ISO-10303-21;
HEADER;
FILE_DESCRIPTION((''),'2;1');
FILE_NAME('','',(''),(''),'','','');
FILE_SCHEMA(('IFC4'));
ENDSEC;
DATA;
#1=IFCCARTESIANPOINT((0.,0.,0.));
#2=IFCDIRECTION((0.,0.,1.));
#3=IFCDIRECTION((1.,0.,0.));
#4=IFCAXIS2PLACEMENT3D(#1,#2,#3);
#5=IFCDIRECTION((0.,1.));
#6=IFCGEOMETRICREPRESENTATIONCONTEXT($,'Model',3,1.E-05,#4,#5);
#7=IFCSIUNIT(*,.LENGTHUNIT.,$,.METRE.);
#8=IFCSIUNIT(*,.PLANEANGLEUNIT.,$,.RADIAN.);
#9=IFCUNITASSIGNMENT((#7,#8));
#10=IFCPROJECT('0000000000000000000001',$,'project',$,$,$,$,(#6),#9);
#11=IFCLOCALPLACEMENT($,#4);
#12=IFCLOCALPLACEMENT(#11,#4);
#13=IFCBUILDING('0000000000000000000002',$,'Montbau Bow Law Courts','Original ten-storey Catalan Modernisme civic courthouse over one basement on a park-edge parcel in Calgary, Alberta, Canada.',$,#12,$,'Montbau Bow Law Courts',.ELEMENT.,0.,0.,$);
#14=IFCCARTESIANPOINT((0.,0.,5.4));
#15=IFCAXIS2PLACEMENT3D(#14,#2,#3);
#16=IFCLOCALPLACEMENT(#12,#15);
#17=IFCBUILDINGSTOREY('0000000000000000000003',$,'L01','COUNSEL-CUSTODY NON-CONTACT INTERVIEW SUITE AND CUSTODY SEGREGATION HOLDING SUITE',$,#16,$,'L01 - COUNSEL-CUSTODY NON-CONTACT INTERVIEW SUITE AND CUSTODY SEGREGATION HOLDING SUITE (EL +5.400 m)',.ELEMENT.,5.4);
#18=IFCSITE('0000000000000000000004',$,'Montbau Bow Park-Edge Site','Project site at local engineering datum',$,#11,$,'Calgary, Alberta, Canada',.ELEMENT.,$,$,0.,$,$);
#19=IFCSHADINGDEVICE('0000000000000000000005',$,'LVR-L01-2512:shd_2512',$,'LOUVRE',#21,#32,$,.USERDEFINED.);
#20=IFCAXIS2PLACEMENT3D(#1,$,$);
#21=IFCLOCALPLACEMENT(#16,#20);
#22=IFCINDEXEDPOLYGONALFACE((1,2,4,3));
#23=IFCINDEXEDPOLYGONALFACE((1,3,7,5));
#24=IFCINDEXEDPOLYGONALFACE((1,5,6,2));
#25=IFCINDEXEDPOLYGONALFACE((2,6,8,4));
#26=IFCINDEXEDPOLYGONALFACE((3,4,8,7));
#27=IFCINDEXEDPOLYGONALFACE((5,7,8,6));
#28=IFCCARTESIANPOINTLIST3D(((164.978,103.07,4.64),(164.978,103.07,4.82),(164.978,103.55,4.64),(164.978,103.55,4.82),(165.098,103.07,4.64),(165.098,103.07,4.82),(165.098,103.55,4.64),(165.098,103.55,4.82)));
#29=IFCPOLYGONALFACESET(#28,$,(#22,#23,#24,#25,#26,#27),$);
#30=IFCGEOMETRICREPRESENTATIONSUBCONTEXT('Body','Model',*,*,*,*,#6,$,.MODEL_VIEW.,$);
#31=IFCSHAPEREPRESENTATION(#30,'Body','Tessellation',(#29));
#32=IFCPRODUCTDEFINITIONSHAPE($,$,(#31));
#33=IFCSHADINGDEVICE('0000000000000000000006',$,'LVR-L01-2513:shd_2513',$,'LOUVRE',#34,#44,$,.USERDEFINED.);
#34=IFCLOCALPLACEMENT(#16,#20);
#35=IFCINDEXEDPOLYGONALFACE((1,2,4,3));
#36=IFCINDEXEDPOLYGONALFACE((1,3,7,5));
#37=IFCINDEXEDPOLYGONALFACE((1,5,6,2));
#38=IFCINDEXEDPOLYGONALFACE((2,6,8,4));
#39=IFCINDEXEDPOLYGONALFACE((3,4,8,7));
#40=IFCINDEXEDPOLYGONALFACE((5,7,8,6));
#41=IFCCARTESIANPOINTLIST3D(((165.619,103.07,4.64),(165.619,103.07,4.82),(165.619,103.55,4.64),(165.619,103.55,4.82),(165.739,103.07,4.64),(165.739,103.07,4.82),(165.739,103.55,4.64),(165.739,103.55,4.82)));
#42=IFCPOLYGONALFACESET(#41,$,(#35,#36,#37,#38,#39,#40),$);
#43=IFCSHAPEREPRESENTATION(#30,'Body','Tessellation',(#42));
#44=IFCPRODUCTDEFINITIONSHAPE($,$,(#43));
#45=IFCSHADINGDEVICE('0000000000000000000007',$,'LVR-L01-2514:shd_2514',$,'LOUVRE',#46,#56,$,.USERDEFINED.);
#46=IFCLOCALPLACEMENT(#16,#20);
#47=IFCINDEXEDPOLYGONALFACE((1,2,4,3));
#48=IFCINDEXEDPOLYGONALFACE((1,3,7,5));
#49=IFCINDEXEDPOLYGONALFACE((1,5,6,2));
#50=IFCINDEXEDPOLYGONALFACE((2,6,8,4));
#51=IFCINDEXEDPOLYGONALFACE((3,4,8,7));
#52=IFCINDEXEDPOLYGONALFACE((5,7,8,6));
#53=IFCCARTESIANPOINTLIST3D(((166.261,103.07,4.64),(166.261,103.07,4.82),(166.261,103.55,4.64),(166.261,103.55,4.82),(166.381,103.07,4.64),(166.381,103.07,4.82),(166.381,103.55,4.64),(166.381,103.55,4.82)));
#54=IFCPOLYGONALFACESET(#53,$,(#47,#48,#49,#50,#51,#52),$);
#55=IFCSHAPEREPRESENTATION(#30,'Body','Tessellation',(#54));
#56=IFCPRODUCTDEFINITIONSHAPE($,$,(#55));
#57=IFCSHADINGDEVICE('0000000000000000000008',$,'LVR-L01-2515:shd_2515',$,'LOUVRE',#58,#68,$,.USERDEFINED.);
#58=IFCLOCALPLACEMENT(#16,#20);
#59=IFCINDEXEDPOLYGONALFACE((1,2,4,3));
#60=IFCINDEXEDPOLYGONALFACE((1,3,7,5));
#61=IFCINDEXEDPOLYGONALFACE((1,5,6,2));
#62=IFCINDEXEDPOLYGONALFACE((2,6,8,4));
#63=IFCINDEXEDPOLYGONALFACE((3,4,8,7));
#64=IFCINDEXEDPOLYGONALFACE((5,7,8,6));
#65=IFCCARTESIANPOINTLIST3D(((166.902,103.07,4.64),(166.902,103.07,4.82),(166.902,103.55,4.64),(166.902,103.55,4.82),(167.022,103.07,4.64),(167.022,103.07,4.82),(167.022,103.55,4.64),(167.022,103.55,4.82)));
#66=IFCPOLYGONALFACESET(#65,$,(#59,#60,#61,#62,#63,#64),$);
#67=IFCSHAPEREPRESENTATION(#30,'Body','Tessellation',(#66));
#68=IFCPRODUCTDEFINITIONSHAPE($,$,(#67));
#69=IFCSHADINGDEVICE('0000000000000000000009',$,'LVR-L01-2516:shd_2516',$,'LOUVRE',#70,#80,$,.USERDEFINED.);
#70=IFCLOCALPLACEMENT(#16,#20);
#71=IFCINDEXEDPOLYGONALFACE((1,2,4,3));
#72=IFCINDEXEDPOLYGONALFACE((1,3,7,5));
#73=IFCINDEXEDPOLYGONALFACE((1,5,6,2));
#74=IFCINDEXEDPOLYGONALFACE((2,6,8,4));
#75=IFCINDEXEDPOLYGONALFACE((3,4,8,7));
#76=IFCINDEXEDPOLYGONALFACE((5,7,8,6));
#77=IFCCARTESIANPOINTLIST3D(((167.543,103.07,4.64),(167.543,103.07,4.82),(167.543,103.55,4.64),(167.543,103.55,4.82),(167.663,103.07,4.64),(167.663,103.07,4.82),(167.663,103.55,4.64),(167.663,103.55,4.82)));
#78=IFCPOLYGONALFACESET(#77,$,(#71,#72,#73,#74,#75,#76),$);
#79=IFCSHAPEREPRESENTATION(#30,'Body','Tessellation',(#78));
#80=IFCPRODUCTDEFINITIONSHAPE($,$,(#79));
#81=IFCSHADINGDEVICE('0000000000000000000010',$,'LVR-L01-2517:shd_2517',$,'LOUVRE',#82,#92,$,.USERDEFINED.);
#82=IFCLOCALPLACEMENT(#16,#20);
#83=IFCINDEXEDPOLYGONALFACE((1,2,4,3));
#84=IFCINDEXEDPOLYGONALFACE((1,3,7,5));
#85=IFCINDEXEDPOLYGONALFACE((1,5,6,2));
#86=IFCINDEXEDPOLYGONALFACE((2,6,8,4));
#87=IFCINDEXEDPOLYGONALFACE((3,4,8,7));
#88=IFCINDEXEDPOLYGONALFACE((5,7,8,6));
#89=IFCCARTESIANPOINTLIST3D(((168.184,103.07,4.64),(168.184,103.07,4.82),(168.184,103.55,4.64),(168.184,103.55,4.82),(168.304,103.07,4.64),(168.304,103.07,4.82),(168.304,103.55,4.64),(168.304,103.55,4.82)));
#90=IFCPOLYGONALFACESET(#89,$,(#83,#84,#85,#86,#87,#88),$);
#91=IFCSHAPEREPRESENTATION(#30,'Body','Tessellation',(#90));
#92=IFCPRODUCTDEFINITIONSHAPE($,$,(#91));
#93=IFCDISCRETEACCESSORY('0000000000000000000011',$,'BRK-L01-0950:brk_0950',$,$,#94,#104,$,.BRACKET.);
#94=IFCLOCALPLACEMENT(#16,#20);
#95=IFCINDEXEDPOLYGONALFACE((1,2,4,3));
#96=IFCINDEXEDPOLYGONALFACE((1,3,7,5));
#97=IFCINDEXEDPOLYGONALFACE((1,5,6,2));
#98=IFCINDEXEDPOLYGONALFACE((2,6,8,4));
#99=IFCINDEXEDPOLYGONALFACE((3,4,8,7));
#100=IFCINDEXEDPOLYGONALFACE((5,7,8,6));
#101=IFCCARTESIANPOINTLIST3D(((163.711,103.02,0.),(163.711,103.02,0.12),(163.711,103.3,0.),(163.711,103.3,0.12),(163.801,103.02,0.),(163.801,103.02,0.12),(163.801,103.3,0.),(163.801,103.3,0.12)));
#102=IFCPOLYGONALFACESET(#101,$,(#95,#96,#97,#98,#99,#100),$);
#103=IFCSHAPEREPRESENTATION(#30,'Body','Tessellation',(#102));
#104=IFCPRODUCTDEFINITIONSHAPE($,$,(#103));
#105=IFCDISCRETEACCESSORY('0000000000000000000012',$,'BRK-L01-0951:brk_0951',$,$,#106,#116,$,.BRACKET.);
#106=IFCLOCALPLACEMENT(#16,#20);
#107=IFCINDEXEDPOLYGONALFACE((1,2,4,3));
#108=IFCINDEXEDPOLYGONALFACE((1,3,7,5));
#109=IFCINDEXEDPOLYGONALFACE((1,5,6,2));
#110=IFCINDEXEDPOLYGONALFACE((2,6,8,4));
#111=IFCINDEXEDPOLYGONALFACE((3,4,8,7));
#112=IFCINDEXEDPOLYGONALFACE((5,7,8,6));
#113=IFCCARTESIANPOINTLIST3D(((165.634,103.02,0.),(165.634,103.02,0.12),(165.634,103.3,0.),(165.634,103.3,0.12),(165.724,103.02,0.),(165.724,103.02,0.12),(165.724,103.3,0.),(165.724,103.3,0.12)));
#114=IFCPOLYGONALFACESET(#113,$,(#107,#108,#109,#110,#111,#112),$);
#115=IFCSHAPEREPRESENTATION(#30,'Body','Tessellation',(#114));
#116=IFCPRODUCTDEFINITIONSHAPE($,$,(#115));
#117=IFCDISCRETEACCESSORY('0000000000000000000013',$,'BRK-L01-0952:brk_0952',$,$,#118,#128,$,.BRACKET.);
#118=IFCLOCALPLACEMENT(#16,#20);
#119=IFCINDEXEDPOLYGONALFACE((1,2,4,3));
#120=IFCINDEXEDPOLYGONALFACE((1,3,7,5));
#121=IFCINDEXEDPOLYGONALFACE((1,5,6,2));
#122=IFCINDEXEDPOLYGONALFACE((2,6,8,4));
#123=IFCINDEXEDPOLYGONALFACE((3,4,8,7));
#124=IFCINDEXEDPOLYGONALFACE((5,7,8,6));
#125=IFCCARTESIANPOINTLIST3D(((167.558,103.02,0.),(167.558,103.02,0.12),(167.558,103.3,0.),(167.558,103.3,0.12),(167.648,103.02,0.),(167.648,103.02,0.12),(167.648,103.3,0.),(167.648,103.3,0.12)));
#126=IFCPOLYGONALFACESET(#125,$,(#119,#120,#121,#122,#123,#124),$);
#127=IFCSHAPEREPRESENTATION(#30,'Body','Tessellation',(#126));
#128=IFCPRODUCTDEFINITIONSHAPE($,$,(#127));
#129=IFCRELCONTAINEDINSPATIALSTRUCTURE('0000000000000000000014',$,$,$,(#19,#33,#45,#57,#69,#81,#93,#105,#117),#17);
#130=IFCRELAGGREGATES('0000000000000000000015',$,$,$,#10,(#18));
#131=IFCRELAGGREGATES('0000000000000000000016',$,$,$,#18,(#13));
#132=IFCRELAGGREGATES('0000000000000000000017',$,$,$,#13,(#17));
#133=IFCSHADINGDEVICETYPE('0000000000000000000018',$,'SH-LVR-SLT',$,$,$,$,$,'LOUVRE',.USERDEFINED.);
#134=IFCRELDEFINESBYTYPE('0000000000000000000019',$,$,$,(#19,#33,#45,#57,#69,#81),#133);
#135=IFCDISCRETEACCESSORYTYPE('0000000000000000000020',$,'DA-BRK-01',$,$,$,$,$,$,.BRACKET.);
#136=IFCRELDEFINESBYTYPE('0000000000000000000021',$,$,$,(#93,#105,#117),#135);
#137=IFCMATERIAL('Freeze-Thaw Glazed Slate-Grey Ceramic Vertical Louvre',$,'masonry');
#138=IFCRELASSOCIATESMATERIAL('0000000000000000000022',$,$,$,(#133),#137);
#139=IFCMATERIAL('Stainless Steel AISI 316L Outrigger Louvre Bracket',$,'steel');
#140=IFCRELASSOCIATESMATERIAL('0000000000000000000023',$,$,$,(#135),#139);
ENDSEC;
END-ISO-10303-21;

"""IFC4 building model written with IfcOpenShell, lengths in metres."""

from ifc_helpers import new_model, si_unit, direction, frame, origin_with_axes, origin_2d_with_axis, place, context, subcontext, project, spatial, rectangle, extrude, material, type_object, element, save


model = new_model("IFC4")

# Units and contexts
model_context = context("Model", 3, precision=1e-05, world=origin_with_axes(), true_north=direction((0.0, 1.0)))
body_context = subcontext(model_context, "Body", "Model", "MODEL_VIEW")
ifc_project = project(units=[si_unit("LENGTHUNIT", "METRE"), si_unit("PLANEANGLEUNIT", "RADIAN")], contexts=[model_context])

# Site, building, storey
site_placement = place(None, origin_with_axes())
site = spatial("IfcSite", under=ifc_project, at=site_placement, Name="Montbau Bow Park-Edge Site", Description="Project site at local engineering datum", LongName="Calgary, Alberta, Canada", CompositionType="ELEMENT", RefElevation=0.0)
building_placement = place(site_placement, origin_with_axes())
building = spatial("IfcBuilding", under=site, at=building_placement, Name="Montbau Bow Law Courts", Description="Original ten-storey Catalan Modernisme civic courthouse over one basement on a park-edge parcel in Calgary, Alberta, Canada.", LongName="Montbau Bow Law Courts", CompositionType="ELEMENT", ElevationOfRefHeight=0.0, ElevationOfTerrain=0.0)
storey_placement = place(building_placement, frame((0.0, 0.0, 5.4), z_axis=(0.0, 0.0, 1.0), x_axis=(1.0, 0.0, 0.0)))
storey = spatial("IfcBuildingStorey", under=building, at=storey_placement, Name="L01", Description="COUNSEL-CUSTODY NON-CONTACT INTERVIEW SUITE AND CUSTODY SEGREGATION HOLDING SUITE", LongName="L01 - COUNSEL-CUSTODY NON-CONTACT INTERVIEW SUITE AND CUSTODY SEGREGATION HOLDING SUITE (EL +5.400 m)", CompositionType="ELEMENT", Elevation=5.4)

# Shared definitions
ifc_material_1 = material(Name="Freeze-Thaw Glazed Slate-Grey Ceramic Vertical Louvre", Category="masonry")

# Shading devices
shading_device_type = type_object("IfcShadingDeviceType", Name="SH-LVR-SLT", ElementType="LOUVRE", PredefinedType="USERDEFINED", material=ifc_material_1)
for number, where, z_axis, x_axis, name in (
    (1, (165.038, 103.31, 10.04), (0.0, 0.0, 1.0), (0.0, 1.0, 0.0), "LVR-L01-2512:shd_2512"),
    (2, (165.679, 103.31, 10.04), (0.0, 0.0, 1.0), (0.0, 1.0, 0.0), "LVR-L01-2513:shd_2513"),
    (3, (166.321, 103.31, 10.04), (0.0, 0.0, 1.0), (0.0, 1.0, 0.0), "LVR-L01-2514:shd_2514"),
    (4, (166.962, 103.31, 10.04), (0.0, 0.0, 1.0), (0.0, 1.0, 0.0), "LVR-L01-2515:shd_2515"),
    (5, (167.603, 103.31, 10.04), (0.0, 0.0, 1.0), (0.0, 1.0, 0.0), "LVR-L01-2516:shd_2516"),
    (6, (168.244, 103.31, 10.04), (0.0, 0.0, 1.0), (0.0, 1.0, 0.0), "LVR-L01-2517:shd_2517"),
):
    element("IfcShadingDevice", number, at=place(None, frame(where, z_axis=z_axis, x_axis=x_axis)), inside=storey, type_object=shading_device_type, Name=name, ObjectType="LOUVRE", PredefinedType="USERDEFINED", context=body_context, shape_type="SweptSolid", body=[
        extrude(rectangle(XDim=0.48, YDim=0.12, at=origin_2d_with_axis()), origin_with_axes(), (0.0, 0.0, 1.0), 0.18),
    ])

# Discrete accessories
ifc_material_2 = material(Name="Stainless Steel AISI 316L Outrigger Louvre Bracket", Category="steel")
discrete_accessory_type = type_object("IfcDiscreteAccessoryType", Name="DA-BRK-01", PredefinedType="BRACKET", material=ifc_material_2)
for number, where, z_axis, x_axis, name in (
    (7, (163.756, 103.16, 5.4), (0.0, 0.0, 1.0), (0.0, 1.0, 0.0), "BRK-L01-0950:brk_0950"),
    (8, (165.679, 103.16, 5.4), (0.0, 0.0, 1.0), (0.0, 1.0, 0.0), "BRK-L01-0951:brk_0951"),
    (9, (167.603, 103.16, 5.4), (0.0, 0.0, 1.0), (0.0, 1.0, 0.0), "BRK-L01-0952:brk_0952"),
):
    element("IfcDiscreteAccessory", number, at=place(None, frame(where, z_axis=z_axis, x_axis=x_axis)), inside=storey, type_object=discrete_accessory_type, Name=name, PredefinedType="BRACKET", context=body_context, shape_type="SweptSolid", body=[
        extrude(rectangle(XDim=0.28, YDim=0.09, at=origin_2d_with_axis()), origin_with_axes(), (0.0, 0.0, 1.0), 0.12),
    ])

save(model, "model.ifc")
